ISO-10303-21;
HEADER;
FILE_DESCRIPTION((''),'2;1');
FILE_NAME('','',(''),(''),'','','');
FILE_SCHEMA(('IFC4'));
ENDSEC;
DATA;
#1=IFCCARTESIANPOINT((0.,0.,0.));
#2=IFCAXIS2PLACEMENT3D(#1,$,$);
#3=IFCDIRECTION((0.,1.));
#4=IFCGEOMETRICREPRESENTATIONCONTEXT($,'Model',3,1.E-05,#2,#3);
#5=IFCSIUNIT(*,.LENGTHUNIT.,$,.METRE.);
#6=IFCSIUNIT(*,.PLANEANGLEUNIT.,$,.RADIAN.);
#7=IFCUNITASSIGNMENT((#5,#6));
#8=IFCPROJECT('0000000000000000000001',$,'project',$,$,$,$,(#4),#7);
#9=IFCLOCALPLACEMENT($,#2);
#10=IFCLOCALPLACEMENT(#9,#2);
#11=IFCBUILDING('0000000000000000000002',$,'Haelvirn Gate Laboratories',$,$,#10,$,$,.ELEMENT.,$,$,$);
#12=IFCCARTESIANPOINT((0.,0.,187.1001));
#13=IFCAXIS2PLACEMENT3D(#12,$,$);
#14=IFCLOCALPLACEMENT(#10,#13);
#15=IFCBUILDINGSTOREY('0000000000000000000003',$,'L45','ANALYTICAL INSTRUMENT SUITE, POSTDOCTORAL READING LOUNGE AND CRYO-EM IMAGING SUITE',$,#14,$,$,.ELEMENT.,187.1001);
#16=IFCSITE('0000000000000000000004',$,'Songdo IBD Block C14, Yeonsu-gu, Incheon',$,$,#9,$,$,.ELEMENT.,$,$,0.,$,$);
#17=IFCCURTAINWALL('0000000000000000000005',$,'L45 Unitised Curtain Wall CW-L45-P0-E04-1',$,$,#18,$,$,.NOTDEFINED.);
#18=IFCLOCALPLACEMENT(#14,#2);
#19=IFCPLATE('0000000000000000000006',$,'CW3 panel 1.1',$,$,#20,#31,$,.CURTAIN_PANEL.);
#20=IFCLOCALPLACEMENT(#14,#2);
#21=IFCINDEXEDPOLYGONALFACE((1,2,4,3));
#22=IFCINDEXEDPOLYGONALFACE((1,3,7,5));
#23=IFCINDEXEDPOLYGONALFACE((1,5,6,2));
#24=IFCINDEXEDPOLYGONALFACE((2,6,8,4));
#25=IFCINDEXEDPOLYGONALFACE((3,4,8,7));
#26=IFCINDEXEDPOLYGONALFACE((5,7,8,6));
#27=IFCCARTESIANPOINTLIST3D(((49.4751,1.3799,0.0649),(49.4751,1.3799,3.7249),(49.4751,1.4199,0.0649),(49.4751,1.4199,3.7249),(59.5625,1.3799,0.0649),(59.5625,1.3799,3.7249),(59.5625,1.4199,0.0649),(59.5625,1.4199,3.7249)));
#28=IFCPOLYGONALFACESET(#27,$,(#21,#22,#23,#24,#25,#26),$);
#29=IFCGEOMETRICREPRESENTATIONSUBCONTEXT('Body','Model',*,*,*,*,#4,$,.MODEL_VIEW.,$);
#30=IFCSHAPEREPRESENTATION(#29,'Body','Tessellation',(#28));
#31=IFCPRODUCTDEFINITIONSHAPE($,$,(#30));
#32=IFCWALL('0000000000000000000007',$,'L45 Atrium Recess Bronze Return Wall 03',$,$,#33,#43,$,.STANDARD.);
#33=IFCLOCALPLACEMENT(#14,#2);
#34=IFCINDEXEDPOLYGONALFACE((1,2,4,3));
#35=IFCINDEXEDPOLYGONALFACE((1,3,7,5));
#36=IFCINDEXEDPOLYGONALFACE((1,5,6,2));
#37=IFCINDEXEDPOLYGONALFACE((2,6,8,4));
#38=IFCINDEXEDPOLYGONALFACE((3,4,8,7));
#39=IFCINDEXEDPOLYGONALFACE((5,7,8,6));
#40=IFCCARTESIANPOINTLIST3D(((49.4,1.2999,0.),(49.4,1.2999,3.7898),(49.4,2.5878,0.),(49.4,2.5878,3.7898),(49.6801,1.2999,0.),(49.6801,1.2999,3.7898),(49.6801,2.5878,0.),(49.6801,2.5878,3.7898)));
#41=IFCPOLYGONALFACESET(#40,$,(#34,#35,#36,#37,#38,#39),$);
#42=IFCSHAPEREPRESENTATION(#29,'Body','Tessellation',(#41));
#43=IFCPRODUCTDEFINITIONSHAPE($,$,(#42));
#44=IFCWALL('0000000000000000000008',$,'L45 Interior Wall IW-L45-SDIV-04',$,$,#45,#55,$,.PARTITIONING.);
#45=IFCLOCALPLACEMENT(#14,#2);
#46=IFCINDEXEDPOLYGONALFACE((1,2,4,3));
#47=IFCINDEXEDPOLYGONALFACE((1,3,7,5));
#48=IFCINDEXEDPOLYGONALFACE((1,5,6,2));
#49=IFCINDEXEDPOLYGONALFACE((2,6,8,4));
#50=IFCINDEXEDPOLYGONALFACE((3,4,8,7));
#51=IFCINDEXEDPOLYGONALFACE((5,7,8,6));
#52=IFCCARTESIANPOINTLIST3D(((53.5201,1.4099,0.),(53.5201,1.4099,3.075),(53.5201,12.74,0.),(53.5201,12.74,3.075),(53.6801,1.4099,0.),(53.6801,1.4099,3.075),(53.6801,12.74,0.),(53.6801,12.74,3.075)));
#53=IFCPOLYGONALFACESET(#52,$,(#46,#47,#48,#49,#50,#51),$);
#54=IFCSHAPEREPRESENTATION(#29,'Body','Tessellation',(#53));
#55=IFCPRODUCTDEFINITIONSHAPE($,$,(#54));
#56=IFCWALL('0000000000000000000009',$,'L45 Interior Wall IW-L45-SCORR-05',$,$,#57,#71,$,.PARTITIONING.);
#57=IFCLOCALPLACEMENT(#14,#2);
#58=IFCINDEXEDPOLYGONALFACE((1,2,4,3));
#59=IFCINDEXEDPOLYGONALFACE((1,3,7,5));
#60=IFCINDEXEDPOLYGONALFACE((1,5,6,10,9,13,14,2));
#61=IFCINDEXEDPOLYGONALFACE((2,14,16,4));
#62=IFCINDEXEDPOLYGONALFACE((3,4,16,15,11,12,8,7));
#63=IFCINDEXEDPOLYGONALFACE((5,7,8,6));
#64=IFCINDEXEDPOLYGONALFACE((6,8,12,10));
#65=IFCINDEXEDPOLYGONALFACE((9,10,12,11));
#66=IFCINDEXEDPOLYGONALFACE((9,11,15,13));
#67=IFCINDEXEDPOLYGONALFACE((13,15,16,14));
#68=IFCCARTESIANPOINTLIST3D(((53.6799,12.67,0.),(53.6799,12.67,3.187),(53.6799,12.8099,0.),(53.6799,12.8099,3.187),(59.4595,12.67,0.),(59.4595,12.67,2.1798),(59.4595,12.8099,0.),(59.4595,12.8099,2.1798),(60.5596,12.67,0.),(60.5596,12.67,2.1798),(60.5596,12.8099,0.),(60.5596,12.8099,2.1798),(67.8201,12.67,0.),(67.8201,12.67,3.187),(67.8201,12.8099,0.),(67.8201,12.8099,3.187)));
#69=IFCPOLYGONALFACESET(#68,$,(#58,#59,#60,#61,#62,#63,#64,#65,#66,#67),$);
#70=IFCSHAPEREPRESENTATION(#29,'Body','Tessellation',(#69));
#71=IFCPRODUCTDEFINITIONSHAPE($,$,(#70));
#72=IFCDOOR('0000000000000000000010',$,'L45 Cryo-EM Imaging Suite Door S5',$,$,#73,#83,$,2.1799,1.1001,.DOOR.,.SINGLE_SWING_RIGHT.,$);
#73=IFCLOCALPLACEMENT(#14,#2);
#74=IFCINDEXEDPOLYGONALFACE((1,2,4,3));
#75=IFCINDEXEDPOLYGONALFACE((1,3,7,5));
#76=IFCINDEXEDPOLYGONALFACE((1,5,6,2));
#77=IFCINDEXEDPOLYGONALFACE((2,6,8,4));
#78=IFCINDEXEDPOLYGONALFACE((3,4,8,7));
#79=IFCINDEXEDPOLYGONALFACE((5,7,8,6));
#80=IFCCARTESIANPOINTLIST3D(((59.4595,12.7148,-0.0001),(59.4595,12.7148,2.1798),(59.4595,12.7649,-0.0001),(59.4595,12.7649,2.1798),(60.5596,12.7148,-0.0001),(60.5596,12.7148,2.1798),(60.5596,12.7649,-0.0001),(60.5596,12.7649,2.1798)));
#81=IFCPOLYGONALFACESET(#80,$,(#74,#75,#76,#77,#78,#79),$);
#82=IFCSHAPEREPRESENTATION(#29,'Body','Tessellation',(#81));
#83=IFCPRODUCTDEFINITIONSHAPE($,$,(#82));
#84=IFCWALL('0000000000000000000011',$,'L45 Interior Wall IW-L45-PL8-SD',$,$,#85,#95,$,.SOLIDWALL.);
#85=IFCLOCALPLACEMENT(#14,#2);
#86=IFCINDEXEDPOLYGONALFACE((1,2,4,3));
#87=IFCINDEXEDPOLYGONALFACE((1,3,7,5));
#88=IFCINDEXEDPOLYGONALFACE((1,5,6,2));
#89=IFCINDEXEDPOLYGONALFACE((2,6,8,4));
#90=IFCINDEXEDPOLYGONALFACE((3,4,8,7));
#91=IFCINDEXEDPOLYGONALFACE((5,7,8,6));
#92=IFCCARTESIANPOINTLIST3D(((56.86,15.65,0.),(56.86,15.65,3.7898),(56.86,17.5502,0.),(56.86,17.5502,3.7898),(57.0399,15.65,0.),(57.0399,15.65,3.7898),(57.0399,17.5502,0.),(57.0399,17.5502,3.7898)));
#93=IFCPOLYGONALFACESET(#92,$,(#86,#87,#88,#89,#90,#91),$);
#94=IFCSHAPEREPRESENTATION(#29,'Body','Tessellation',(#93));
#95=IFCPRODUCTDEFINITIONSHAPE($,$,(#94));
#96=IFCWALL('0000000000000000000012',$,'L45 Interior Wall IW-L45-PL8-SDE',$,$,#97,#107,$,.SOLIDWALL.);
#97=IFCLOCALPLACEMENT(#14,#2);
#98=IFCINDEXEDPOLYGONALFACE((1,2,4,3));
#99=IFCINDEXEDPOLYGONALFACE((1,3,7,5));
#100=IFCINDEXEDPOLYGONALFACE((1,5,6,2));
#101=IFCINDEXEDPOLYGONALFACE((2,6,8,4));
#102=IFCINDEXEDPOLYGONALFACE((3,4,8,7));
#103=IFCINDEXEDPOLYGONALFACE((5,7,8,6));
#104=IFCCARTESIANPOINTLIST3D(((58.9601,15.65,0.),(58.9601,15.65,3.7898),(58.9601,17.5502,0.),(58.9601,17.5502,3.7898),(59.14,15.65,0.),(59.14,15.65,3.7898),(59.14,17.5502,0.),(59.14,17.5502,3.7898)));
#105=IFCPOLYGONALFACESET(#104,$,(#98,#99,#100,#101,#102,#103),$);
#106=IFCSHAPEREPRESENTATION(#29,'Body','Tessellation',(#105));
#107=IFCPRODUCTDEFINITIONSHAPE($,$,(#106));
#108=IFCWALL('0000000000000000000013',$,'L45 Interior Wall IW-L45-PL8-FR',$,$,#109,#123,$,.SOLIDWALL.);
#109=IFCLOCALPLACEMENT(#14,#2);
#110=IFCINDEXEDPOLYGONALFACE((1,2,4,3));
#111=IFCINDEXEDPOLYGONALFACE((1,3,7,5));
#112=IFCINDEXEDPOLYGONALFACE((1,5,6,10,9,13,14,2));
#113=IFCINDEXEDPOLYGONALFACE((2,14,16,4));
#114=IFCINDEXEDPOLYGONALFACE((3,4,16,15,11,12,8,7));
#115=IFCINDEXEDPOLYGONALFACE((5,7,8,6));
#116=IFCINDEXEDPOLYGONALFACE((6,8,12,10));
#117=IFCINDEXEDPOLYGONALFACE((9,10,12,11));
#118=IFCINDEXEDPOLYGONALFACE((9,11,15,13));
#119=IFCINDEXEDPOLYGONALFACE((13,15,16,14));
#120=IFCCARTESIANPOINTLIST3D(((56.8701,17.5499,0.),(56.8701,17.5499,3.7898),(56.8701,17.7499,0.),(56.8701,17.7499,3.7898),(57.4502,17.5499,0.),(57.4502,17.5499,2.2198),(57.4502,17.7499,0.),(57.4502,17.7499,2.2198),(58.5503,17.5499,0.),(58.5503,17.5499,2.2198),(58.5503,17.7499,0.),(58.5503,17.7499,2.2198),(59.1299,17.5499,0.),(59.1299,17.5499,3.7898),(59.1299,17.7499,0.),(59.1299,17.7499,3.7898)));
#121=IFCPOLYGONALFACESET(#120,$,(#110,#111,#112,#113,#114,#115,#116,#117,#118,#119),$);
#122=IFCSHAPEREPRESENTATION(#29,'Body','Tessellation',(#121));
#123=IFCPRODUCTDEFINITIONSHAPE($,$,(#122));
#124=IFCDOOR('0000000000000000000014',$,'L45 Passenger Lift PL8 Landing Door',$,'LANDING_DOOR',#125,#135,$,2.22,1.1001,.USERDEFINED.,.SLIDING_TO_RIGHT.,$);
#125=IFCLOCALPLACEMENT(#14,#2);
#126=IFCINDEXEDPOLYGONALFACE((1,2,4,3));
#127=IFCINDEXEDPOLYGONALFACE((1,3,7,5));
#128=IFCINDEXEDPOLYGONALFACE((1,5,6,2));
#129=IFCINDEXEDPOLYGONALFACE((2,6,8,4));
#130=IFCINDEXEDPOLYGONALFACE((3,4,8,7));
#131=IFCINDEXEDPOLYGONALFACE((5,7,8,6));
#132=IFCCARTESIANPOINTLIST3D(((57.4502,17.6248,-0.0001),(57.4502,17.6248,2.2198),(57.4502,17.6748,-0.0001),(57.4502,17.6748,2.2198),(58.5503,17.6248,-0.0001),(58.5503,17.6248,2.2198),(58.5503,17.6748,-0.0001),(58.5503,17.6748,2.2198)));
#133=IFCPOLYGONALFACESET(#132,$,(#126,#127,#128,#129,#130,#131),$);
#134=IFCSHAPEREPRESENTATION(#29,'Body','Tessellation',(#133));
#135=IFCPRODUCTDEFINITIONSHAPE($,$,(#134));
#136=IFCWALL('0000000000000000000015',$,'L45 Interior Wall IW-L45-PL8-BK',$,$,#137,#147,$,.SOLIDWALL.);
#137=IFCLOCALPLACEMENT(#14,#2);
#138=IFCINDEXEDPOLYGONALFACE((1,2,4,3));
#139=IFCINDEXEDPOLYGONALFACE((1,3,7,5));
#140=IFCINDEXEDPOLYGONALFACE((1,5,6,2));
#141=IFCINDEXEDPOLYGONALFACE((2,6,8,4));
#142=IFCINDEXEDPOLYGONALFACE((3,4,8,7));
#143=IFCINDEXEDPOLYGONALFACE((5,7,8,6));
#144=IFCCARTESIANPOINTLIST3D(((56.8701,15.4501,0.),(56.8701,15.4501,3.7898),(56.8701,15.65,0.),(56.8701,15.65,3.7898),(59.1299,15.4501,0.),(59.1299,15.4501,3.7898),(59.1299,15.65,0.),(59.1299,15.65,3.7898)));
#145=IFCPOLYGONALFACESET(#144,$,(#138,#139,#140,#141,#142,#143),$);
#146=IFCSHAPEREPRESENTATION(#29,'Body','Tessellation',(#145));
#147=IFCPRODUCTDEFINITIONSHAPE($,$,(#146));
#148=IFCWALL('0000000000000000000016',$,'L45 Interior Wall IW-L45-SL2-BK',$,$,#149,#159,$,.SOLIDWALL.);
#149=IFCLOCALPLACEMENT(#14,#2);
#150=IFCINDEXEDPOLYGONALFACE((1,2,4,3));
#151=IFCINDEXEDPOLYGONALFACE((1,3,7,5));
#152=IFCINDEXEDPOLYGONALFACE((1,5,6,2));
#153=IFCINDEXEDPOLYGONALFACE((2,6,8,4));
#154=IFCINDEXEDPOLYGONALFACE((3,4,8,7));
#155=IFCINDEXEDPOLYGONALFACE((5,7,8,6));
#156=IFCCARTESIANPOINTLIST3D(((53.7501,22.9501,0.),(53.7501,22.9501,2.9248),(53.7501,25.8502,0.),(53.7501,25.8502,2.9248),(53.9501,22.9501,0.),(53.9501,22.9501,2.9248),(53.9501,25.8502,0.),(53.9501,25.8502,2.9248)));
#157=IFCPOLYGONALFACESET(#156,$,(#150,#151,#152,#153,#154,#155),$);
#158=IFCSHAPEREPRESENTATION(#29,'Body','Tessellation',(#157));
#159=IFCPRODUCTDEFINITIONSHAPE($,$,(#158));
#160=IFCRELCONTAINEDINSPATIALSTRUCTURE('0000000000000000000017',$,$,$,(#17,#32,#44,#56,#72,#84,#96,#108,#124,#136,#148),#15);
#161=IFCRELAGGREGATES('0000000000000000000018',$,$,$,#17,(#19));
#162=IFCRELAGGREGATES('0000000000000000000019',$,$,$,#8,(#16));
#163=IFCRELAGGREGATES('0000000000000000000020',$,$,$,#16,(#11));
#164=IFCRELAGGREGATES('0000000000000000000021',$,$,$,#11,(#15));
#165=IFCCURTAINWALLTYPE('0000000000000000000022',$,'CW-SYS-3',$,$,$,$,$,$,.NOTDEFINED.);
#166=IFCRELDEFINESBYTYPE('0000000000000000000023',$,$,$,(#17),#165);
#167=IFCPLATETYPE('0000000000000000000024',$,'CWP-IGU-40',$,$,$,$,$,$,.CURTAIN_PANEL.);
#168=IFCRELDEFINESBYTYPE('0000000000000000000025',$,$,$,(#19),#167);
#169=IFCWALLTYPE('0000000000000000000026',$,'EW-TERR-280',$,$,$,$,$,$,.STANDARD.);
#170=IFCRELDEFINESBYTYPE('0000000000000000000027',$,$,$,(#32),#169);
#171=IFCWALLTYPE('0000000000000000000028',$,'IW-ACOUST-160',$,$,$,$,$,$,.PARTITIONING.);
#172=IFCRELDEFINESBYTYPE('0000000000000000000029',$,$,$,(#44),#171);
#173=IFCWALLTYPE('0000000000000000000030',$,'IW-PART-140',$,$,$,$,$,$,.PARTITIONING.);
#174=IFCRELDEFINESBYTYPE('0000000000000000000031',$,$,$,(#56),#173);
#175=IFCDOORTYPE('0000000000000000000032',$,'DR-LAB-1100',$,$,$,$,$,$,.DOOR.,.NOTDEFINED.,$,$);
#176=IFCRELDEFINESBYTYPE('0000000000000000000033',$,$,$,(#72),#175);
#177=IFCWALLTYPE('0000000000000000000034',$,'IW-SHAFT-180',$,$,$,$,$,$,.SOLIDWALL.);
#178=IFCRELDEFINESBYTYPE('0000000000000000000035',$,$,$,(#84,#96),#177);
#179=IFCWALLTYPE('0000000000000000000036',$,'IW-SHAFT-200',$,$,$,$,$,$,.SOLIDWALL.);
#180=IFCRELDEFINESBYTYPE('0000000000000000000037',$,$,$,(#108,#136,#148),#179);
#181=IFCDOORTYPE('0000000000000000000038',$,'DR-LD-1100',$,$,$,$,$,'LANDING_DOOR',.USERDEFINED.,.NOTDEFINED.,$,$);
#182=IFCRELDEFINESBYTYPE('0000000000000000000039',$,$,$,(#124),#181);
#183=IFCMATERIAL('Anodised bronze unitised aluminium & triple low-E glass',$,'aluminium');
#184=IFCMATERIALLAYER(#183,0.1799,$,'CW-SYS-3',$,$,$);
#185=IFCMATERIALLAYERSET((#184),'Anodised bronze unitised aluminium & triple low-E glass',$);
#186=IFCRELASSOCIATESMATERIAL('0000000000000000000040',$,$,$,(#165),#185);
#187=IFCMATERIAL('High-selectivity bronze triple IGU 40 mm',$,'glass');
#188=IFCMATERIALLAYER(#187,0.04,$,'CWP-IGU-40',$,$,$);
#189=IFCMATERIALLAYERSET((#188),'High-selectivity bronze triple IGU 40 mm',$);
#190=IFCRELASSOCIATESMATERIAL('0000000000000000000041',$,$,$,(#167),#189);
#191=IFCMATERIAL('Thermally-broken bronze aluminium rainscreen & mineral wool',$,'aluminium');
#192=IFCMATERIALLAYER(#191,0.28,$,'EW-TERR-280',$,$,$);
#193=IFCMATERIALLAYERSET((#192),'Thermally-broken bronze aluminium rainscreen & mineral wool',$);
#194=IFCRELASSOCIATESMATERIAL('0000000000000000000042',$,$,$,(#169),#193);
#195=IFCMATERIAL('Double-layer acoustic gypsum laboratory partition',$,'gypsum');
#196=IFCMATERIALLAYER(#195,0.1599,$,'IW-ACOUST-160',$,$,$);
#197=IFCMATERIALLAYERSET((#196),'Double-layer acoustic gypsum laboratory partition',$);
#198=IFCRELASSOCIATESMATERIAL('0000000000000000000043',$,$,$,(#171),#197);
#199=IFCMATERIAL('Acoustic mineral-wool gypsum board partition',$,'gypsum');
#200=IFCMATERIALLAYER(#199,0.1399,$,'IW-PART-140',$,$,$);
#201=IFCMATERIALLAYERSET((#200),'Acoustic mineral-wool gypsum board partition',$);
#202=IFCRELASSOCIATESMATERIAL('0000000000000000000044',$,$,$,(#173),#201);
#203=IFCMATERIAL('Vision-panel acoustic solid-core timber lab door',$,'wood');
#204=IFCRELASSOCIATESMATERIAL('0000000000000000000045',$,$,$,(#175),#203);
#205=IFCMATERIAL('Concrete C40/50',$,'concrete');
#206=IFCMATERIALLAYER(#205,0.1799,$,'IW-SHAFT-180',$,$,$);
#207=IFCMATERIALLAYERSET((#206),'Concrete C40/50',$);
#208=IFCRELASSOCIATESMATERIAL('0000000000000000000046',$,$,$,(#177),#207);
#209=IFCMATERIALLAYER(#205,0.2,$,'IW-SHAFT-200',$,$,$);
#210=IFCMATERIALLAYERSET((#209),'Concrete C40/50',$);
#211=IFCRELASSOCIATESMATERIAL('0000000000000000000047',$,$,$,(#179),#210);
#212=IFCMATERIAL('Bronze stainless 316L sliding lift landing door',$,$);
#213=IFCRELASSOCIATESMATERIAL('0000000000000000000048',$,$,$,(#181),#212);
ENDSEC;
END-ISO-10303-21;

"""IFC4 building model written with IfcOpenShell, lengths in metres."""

from ifc_helpers import new_model, si_unit, direction, frame, frame_2d, origin, origin_2d, place, context, subcontext, project, spatial, rectangle, extrude, source, transform, mapped, material, layer, layer_set, type_object, type_shapes, element, fill, aggregate, save


model = new_model("IFC4")

# Units and contexts
model_context = context("Model", 3, precision=1e-05, world=origin(), true_north=direction((0.0, 1.0)))
body_context = subcontext(model_context, "Body", "Model", "MODEL_VIEW")
ifc_project = project(units=[si_unit("LENGTHUNIT", "METRE"), si_unit("PLANEANGLEUNIT", "RADIAN")], contexts=[model_context])

# Site, building, storey
site_placement = place(None, origin())
site = spatial("IfcSite", under=ifc_project, at=site_placement, Name="Songdo IBD Block C14, Yeonsu-gu, Incheon", CompositionType="ELEMENT", RefElevation=0.0)
building_placement = place(site_placement, origin())
building = spatial("IfcBuilding", under=site, at=building_placement, Name="Haelvirn Gate Laboratories", CompositionType="ELEMENT")
storey_placement = place(building_placement, frame((0.0, 0.0, 187.1001)))
storey = spatial("IfcBuildingStorey", under=building, at=storey_placement, Name="L45", Description="ANALYTICAL INSTRUMENT SUITE, POSTDOCTORAL READING LOUNGE AND CRYO-EM IMAGING SUITE", CompositionType="ELEMENT", Elevation=187.1001)

# Curtain wall
ifc_material_1 = material(Name="Anodised bronze unitised aluminium & triple low-E glass", Category="aluminium")
ifc_layer_1 = layer(ifc_material_1, 0.1799, Name="CW-SYS-3")
ifc_layer_set_1 = layer_set([ifc_layer_1], Name="Anodised bronze unitised aluminium & triple low-E glass")
curtain_wall_type = type_object("IfcCurtainWallType", Name="CW-SYS-3", PredefinedType="NOTDEFINED", material=ifc_layer_set_1)
curtain_wall_1_placement = place(storey_placement, origin())
curtain_wall_1 = element("IfcCurtainWall", 1, at=curtain_wall_1_placement, inside=storey, type_object=curtain_wall_type, Name="L45 Unitised Curtain Wall CW-L45-P0-E04-1", PredefinedType="NOTDEFINED")

# Plate
ifc_material_2 = material(Name="High-selectivity bronze triple IGU 40 mm", Category="glass")
ifc_layer_2 = layer(ifc_material_2, 0.04, Name="CWP-IGU-40")
ifc_layer_set_2 = layer_set([ifc_layer_2], Name="High-selectivity bronze triple IGU 40 mm")
plate_type = type_object("IfcPlateType", Name="CWP-IGU-40", PredefinedType="CURTAIN_PANEL", material=ifc_layer_set_2)
shared_shape_1 = source(origin(), body_context, "Body", "SweptSolid", [
    extrude(rectangle(XDim=10.0874, YDim=0.04, at=origin_2d()), origin(), (0.0, 0.0, 1.0), 3.6599),
])
type_shapes(plate_type, [shared_shape_1])
plate_placement = place(storey_placement, frame((54.5188, 1.3999, 0.0649), z_axis=(0.0, 0.0, 1.0), x_axis=(1.0, 0.0, 0.0)))
plate = element("IfcPlate", 2, at=plate_placement, type_object=plate_type, Name="CW3 panel 1.1", PredefinedType="CURTAIN_PANEL", context=body_context, shape_type="MappedRepresentation", body=[
    mapped(shared_shape_1, transform((0.0, 0.0, 0.0), scale=1.0)),
])
aggregate(curtain_wall_1, [plate])

# Walls
ifc_material_3 = material(Name="Thermally-broken bronze aluminium rainscreen & mineral wool", Category="aluminium")
ifc_layer_3 = layer(ifc_material_3, 0.28, Name="EW-TERR-280")
ifc_layer_set_3 = layer_set([ifc_layer_3], Name="Thermally-broken bronze aluminium rainscreen & mineral wool")
wall_type_1 = type_object("IfcWallType", Name="EW-TERR-280", PredefinedType="STANDARD", material=ifc_layer_set_3)
wall_1_placement = place(storey_placement, frame((49.54, 2.5879, 0.0), z_axis=(0.0, 0.0, 1.0), x_axis=(0.0, -1.0, 0.0)))
element("IfcWall", 3, at=wall_1_placement, inside=storey, type_object=wall_type_1, Name="L45 Atrium Recess Bronze Return Wall 03", PredefinedType="STANDARD", context=body_context, shape_type="SweptSolid", body=[
    extrude(rectangle(XDim=1.2878, YDim=0.28, at=frame_2d((0.644, 0.0))), origin(), (0.0, 0.0, 1.0), 3.7898),
])
ifc_material_4 = material(Name="Double-layer acoustic gypsum laboratory partition", Category="gypsum")
ifc_layer_4 = layer(ifc_material_4, 0.1599, Name="IW-ACOUST-160")
ifc_layer_set_4 = layer_set([ifc_layer_4], Name="Double-layer acoustic gypsum laboratory partition")
wall_type_2 = type_object("IfcWallType", Name="IW-ACOUST-160", PredefinedType="PARTITIONING", material=ifc_layer_set_4)
wall_2_placement = place(storey_placement, frame((53.6001, 1.4099, 0.0), z_axis=(0.0, 0.0, 1.0), x_axis=(0.0, 1.0, 0.0)))
element("IfcWall", 4, at=wall_2_placement, inside=storey, type_object=wall_type_2, Name="L45 Interior Wall IW-L45-SDIV-04", PredefinedType="PARTITIONING", context=body_context, shape_type="SweptSolid", body=[
    extrude(rectangle(XDim=11.3301, YDim=0.1599, at=frame_2d((5.665, 0.0))), origin(), (0.0, 0.0, 1.0), 3.075),
])

# Wall, opening, door
ifc_material_5 = material(Name="Acoustic mineral-wool gypsum board partition", Category="gypsum")
ifc_layer_5 = layer(ifc_material_5, 0.1399, Name="IW-PART-140")
ifc_layer_set_5 = layer_set([ifc_layer_5], Name="Acoustic mineral-wool gypsum board partition")
wall_type_3 = type_object("IfcWallType", Name="IW-PART-140", PredefinedType="PARTITIONING", material=ifc_layer_set_5)
wall_3_placement = place(storey_placement, frame((53.6799, 12.74, 0.0), z_axis=(0.0, 0.0, 1.0), x_axis=(1.0, 0.0, 0.0)))
wall_3 = element("IfcWall", 5, at=wall_3_placement, inside=storey, type_object=wall_type_3, Name="L45 Interior Wall IW-L45-SCORR-05", PredefinedType="PARTITIONING", context=body_context, shape_type="SweptSolid", body=[
    extrude(rectangle(XDim=14.1401, YDim=0.1399, at=frame_2d((7.0701, 0.0))), origin(), (0.0, 0.0, 1.0), 3.187),
])
opening_1_placement = place(wall_3_placement, frame((5.7795, 0.0, 0.0)))
opening_1 = element("IfcOpeningElement", 6, at=opening_1_placement, cuts=wall_3, PredefinedType="OPENING", context=body_context, shape_type="SweptSolid", body=[
    extrude(rectangle(XDim=1.1001, YDim=2.1799, at=frame_2d((0.55, 1.0898))), frame((0.0, 0.0801, 0.0), z_axis=(0.0, -1.0, 0.0), x_axis=(1.0, 0.0, 0.0)), (0.0, 0.0, 1.0), 0.1599),
])
ifc_material_6 = material(Name="Vision-panel acoustic solid-core timber lab door", Category="wood")
door_type_1 = type_object("IfcDoorType", Name="DR-LAB-1100", OperationType="NOTDEFINED", PredefinedType="DOOR", material=ifc_material_6)
shared_shape_2 = source(origin(), body_context, "Body", "SweptSolid", [
    extrude(rectangle(XDim=1.1001, YDim=2.1799, at=frame_2d((0.55, 1.0898))), frame((0.0, 0.0249, 0.0), z_axis=(0.0, -1.0, 0.0), x_axis=(1.0, 0.0, 0.0)), (0.0, 0.0, 1.0), 0.05),
])
type_shapes(door_type_1, [shared_shape_2])
door_1_placement = place(opening_1_placement, origin())
door_1 = element("IfcDoor", 7, at=door_1_placement, inside=storey, type_object=door_type_1, Name="L45 Cryo-EM Imaging Suite Door S5", OperationType="SINGLE_SWING_RIGHT", OverallHeight=2.1799, OverallWidth=1.1001, PredefinedType="DOOR", context=body_context, shape_type="MappedRepresentation", body=[
    mapped(shared_shape_2, transform((0.0, 0.0, 0.0), scale=1.0)),
])
fill(opening_1, door_1)

# Walls
ifc_material_7 = material(Name="Concrete C40/50", Category="concrete")
ifc_layer_6 = layer(ifc_material_7, 0.1799, Name="IW-SHAFT-180")
ifc_layer_set_6 = layer_set([ifc_layer_6], Name="Concrete C40/50")
wall_type_4 = type_object("IfcWallType", Name="IW-SHAFT-180", PredefinedType="SOLIDWALL", material=ifc_layer_set_6)
for number, where, z_axis, x_axis, name in (
    (8, (56.95, 15.6499, 0.0), (0.0, 0.0, 1.0), (0.0, 1.0, 0.0), "L45 Interior Wall IW-L45-PL8-SD"),
    (9, (59.05, 15.6499, 0.0), (0.0, 0.0, 1.0), (0.0, 1.0, 0.0), "L45 Interior Wall IW-L45-PL8-SDE"),
):
    element("IfcWall", number, at=place(storey_placement, frame(where, z_axis=z_axis, x_axis=x_axis)), inside=storey, type_object=wall_type_4, Name=name, PredefinedType="SOLIDWALL", context=body_context, shape_type="SweptSolid", body=[
        extrude(rectangle(XDim=1.9001, YDim=0.1799, at=frame_2d((0.9502, 0.0))), origin(), (0.0, 0.0, 1.0), 3.7898),
    ])

# Wall, opening, door
ifc_layer_7 = layer(ifc_material_7, 0.2, Name="IW-SHAFT-200")
ifc_layer_set_7 = layer_set([ifc_layer_7], Name="Concrete C40/50")
wall_type_5 = type_object("IfcWallType", Name="IW-SHAFT-200", PredefinedType="SOLIDWALL", material=ifc_layer_set_7)
wall_4_placement = place(storey_placement, frame((56.8701, 17.6499, 0.0), z_axis=(0.0, 0.0, 1.0), x_axis=(1.0, 0.0, 0.0)))
wall_4 = element("IfcWall", 10, at=wall_4_placement, inside=storey, type_object=wall_type_5, Name="L45 Interior Wall IW-L45-PL8-FR", PredefinedType="SOLIDWALL", context=body_context, shape_type="SweptSolid", body=[
    extrude(rectangle(XDim=2.2598, YDim=0.2, at=frame_2d((1.1299, 0.0))), origin(), (0.0, 0.0, 1.0), 3.7898),
])
opening_2_placement = place(wall_4_placement, frame((0.5801, 0.0, 0.0)))
opening_2 = element("IfcOpeningElement", 11, at=opening_2_placement, cuts=wall_4, PredefinedType="OPENING", context=body_context, shape_type="SweptSolid", body=[
    extrude(rectangle(XDim=1.1001, YDim=2.22, at=frame_2d((0.55, 1.1099))), frame((0.0, 0.1099, 0.0), z_axis=(0.0, -1.0, 0.0), x_axis=(1.0, 0.0, 0.0)), (0.0, 0.0, 1.0), 0.22),
])
ifc_material_8 = material(Name="Bronze stainless 316L sliding lift landing door")
door_type_2 = type_object("IfcDoorType", Name="DR-LD-1100", ElementType="LANDING_DOOR", OperationType="NOTDEFINED", PredefinedType="USERDEFINED", material=ifc_material_8)
shared_shape_3 = source(origin(), body_context, "Body", "SweptSolid", [
    extrude(rectangle(XDim=1.1001, YDim=2.22, at=frame_2d((0.55, 1.1099))), frame((0.0, 0.0249, 0.0), z_axis=(0.0, -1.0, 0.0), x_axis=(1.0, 0.0, 0.0)), (0.0, 0.0, 1.0), 0.05),
])
type_shapes(door_type_2, [shared_shape_3])
door_2_placement = place(opening_2_placement, origin())
door_2 = element("IfcDoor", 12, at=door_2_placement, inside=storey, type_object=door_type_2, Name="L45 Passenger Lift PL8 Landing Door", ObjectType="LANDING_DOOR", OperationType="SLIDING_TO_RIGHT", OverallHeight=2.22, OverallWidth=1.1001, PredefinedType="USERDEFINED", context=body_context, shape_type="MappedRepresentation", body=[
    mapped(shared_shape_3, transform((0.0, 0.0, 0.0), scale=1.0)),
])
fill(opening_2, door_2)

# Walls
wall_5_placement = place(storey_placement, frame((56.8701, 15.55, 0.0), z_axis=(0.0, 0.0, 1.0), x_axis=(1.0, 0.0, 0.0)))
element("IfcWall", 13, at=wall_5_placement, inside=storey, type_object=wall_type_5, Name="L45 Interior Wall IW-L45-PL8-BK", PredefinedType="SOLIDWALL", context=body_context, shape_type="SweptSolid", body=[
    extrude(rectangle(XDim=2.2598, YDim=0.2, at=frame_2d((1.1299, 0.0))), origin(), (0.0, 0.0, 1.0), 3.7898),
])
wall_6_placement = place(storey_placement, frame((53.8501, 22.95, 0.0), z_axis=(0.0, 0.0, 1.0), x_axis=(0.0, 1.0, 0.0)))
element("IfcWall", 14, at=wall_6_placement, inside=storey, type_object=wall_type_5, Name="L45 Interior Wall IW-L45-SL2-BK", PredefinedType="SOLIDWALL", context=body_context, shape_type="SweptSolid", body=[
    extrude(rectangle(XDim=2.9001, YDim=0.2, at=frame_2d((1.4502, 0.0))), origin(), (0.0, 0.0, 1.0), 2.9248),
])

save(model, "model.ifc")
